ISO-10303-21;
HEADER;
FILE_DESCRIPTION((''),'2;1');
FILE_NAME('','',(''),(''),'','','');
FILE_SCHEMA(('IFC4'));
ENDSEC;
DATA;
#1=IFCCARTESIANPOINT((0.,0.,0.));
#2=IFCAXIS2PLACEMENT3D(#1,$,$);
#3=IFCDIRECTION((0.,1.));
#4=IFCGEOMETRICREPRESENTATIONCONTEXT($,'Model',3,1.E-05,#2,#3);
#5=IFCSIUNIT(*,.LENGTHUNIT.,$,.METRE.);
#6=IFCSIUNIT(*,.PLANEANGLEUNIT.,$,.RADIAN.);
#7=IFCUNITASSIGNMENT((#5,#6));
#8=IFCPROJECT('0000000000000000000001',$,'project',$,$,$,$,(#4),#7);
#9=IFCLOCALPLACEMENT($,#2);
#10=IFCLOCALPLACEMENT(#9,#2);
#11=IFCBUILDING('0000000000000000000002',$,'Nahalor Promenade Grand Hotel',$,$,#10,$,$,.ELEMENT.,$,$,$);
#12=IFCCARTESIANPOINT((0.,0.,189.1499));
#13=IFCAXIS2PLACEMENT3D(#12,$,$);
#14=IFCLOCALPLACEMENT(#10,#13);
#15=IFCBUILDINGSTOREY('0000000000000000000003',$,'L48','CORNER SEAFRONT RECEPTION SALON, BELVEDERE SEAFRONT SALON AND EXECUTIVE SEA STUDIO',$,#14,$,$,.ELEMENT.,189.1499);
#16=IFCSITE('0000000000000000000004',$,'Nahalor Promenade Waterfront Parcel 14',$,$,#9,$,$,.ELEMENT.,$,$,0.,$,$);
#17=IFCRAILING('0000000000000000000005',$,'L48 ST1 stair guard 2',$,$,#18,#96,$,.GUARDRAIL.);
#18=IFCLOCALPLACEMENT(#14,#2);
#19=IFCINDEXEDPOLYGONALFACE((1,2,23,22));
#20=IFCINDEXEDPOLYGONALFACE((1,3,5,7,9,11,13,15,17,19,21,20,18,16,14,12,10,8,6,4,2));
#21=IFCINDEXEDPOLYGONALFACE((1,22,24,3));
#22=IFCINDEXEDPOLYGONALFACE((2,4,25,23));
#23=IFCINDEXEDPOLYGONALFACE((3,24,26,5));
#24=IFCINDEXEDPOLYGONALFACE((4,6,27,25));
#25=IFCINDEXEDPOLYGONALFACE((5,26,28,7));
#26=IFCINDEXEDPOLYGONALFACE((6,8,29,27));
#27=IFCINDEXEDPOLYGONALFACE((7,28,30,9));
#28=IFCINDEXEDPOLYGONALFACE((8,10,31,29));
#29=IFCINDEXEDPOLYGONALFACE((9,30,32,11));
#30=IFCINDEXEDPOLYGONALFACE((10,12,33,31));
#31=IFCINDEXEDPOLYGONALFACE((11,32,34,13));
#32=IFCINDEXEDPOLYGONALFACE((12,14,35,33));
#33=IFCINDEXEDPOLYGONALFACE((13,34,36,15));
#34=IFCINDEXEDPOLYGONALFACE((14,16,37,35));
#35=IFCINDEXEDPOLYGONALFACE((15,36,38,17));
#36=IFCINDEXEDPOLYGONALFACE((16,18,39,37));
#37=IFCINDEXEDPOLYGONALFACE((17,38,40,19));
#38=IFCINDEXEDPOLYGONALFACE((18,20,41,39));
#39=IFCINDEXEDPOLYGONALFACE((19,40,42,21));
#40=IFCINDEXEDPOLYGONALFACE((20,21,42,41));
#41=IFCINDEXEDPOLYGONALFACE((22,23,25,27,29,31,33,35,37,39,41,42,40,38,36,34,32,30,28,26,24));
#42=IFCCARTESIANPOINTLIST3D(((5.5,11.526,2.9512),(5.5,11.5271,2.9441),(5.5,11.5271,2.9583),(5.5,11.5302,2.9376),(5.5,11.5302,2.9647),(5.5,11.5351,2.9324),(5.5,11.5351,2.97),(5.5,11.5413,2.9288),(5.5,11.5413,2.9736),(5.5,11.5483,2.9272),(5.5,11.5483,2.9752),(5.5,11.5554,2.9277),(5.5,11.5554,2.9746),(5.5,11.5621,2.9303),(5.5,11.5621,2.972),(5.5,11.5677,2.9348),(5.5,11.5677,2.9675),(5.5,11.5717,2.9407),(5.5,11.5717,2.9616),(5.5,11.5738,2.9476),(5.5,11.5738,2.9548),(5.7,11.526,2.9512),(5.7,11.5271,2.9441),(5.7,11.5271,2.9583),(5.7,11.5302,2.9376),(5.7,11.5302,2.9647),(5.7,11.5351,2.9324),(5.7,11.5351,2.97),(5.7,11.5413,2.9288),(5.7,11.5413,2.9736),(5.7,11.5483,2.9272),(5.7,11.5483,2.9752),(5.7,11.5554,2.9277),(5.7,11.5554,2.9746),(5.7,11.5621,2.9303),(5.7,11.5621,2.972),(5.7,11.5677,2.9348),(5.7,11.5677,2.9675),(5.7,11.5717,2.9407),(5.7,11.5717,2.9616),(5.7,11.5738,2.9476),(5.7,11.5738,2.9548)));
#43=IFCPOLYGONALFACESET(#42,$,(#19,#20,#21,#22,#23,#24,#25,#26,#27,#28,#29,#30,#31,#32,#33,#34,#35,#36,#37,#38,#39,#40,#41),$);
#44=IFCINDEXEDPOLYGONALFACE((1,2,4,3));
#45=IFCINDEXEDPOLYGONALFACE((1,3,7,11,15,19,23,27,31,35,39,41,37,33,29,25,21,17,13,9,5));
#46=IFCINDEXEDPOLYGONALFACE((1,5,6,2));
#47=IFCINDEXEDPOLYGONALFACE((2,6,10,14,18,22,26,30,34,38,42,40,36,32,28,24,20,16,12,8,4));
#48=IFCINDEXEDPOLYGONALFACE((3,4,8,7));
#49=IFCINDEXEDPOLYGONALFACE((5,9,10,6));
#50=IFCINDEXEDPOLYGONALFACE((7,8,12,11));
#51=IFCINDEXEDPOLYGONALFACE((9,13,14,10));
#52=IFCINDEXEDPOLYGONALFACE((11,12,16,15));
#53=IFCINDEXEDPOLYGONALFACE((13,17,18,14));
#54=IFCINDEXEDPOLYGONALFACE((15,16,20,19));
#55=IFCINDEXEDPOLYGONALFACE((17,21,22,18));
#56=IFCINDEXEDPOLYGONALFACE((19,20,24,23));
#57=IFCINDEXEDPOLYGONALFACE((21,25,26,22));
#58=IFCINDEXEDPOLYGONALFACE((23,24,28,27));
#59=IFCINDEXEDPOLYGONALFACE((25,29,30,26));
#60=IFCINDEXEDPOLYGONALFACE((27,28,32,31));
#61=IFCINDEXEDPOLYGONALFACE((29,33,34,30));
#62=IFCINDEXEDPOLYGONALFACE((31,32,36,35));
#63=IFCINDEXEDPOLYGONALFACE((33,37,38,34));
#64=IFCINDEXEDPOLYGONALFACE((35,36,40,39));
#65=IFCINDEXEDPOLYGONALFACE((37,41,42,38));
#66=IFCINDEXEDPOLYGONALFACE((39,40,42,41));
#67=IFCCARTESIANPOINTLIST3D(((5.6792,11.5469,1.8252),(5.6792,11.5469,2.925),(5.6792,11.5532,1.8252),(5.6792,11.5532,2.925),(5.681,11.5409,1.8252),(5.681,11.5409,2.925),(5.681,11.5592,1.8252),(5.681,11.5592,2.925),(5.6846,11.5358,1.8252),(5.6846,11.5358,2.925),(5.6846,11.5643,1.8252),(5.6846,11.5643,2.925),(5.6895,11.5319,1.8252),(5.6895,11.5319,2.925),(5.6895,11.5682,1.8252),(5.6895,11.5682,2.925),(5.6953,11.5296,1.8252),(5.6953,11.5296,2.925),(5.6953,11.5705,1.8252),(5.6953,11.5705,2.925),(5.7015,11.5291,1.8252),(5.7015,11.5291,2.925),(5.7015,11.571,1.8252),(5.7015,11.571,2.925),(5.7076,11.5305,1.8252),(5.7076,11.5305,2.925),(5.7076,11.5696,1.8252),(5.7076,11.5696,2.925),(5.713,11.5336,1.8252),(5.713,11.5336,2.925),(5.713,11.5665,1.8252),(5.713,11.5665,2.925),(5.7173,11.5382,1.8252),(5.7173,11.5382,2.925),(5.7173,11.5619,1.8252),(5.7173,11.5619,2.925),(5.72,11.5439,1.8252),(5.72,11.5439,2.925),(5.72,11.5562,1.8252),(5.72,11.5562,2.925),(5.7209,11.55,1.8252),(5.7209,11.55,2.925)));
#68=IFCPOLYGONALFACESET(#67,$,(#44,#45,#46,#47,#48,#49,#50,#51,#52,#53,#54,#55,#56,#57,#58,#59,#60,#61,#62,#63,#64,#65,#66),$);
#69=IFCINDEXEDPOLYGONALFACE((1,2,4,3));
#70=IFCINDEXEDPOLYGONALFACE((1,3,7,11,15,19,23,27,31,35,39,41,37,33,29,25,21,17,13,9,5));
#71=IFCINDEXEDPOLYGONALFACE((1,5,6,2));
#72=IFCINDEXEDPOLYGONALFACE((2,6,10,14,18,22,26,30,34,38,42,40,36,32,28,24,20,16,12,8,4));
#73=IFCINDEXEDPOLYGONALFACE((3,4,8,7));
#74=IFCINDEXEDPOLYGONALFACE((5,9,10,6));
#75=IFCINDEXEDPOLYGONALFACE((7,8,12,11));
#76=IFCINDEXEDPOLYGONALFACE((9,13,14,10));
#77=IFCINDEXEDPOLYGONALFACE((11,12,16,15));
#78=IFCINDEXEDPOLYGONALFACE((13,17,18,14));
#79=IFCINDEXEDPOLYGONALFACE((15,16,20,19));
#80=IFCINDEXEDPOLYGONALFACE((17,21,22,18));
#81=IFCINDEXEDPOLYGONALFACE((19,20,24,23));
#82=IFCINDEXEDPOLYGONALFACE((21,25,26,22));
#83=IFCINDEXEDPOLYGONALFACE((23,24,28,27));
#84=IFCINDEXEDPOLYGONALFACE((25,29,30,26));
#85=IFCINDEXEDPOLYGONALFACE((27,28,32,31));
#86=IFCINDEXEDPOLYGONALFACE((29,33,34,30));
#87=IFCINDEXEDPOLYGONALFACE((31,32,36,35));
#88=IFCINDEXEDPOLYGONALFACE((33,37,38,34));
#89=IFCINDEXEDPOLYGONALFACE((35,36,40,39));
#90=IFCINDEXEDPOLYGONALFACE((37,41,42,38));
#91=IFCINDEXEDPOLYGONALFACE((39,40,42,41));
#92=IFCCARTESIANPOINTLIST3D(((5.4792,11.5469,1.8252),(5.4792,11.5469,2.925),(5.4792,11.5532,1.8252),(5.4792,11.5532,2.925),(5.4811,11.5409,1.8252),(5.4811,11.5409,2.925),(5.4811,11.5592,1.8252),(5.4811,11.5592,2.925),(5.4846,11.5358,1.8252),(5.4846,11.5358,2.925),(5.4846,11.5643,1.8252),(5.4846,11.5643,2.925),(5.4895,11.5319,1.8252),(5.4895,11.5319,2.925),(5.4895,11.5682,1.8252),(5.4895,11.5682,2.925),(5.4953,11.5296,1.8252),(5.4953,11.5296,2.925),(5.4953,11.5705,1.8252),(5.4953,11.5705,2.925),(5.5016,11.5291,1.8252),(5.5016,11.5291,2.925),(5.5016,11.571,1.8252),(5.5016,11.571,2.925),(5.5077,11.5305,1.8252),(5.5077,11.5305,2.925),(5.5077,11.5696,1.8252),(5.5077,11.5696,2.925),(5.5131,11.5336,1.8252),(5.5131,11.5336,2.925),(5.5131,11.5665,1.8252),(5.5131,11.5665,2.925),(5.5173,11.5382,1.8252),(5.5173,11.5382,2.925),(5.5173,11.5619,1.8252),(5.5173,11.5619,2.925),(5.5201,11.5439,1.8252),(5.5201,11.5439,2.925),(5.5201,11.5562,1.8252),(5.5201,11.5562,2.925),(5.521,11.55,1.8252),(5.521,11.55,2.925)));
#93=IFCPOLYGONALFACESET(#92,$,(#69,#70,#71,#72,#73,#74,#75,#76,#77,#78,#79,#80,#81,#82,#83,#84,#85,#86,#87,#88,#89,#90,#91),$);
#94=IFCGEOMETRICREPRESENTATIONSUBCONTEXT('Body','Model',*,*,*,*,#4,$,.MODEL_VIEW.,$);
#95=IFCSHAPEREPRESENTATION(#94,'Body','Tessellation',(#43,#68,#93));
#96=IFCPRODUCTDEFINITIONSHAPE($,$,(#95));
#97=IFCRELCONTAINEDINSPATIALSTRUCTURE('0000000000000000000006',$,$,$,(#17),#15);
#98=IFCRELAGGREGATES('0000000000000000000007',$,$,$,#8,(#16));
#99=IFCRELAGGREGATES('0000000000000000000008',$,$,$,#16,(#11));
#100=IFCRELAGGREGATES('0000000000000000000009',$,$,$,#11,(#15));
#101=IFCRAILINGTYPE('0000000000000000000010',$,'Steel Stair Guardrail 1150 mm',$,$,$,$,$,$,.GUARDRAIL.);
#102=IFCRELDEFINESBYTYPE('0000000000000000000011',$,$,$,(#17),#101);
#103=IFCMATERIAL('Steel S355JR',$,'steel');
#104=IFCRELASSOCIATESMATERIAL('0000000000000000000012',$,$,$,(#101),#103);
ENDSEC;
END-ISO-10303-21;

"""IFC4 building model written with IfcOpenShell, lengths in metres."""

from ifc_helpers import new_model, si_unit, direction, frame, origin, origin_2d, place, context, subcontext, project, spatial, circle, extrude, material, type_object, element, save


model = new_model("IFC4")

# Units and contexts
model_context = context("Model", 3, precision=1e-05, world=origin(), true_north=direction((0.0, 1.0)))
body_context = subcontext(model_context, "Body", "Model", "MODEL_VIEW")
ifc_project = project(units=[si_unit("LENGTHUNIT", "METRE"), si_unit("PLANEANGLEUNIT", "RADIAN")], contexts=[model_context])

# Site, building, storey
site_placement = place(None, origin())
site = spatial("IfcSite", under=ifc_project, at=site_placement, Name="Nahalor Promenade Waterfront Parcel 14", CompositionType="ELEMENT", RefElevation=0.0)
building_placement = place(site_placement, origin())
building = spatial("IfcBuilding", under=site, at=building_placement, Name="Nahalor Promenade Grand Hotel", CompositionType="ELEMENT")
storey_placement = place(building_placement, frame((0.0, 0.0, 189.1499)))
storey = spatial("IfcBuildingStorey", under=building, at=storey_placement, Name="L48", Description="CORNER SEAFRONT RECEPTION SALON, BELVEDERE SEAFRONT SALON AND EXECUTIVE SEA STUDIO", CompositionType="ELEMENT", Elevation=189.1499)

# Shared definitions
ifc_material_1 = material(Name="Steel S355JR", Category="steel")

# Railing
railing_type_1 = type_object("IfcRailingType", Name="Steel Stair Guardrail 1150 mm", PredefinedType="GUARDRAIL", material=ifc_material_1)
railing_1_placement = place(storey_placement, frame((5.7, 11.55, 1.8252)))
element("IfcRailing", 1, at=railing_1_placement, inside=storey, type_object=railing_type_1, Name="L48 ST1 stair guard 2", PredefinedType="GUARDRAIL", context=body_context, shape_type="SweptSolid", body=[
    extrude(circle(Radius=0.024, at=origin_2d()), frame((0.0, 0.0, 1.126), z_axis=(-1.0, 0.0, 0.0), x_axis=(0.0, -1.0, 0.0)), (0.0, 0.0, 1.0), 0.2),
    extrude(circle(Radius=0.021, at=origin_2d()), origin(), (0.0, 0.0, 1.0), 1.0999),
    extrude(circle(Radius=0.021, at=origin_2d()), frame((-0.2, 0.0, 0.0)), (0.0, 0.0, 1.0), 1.0999),
])

save(model, "model.ifc")
